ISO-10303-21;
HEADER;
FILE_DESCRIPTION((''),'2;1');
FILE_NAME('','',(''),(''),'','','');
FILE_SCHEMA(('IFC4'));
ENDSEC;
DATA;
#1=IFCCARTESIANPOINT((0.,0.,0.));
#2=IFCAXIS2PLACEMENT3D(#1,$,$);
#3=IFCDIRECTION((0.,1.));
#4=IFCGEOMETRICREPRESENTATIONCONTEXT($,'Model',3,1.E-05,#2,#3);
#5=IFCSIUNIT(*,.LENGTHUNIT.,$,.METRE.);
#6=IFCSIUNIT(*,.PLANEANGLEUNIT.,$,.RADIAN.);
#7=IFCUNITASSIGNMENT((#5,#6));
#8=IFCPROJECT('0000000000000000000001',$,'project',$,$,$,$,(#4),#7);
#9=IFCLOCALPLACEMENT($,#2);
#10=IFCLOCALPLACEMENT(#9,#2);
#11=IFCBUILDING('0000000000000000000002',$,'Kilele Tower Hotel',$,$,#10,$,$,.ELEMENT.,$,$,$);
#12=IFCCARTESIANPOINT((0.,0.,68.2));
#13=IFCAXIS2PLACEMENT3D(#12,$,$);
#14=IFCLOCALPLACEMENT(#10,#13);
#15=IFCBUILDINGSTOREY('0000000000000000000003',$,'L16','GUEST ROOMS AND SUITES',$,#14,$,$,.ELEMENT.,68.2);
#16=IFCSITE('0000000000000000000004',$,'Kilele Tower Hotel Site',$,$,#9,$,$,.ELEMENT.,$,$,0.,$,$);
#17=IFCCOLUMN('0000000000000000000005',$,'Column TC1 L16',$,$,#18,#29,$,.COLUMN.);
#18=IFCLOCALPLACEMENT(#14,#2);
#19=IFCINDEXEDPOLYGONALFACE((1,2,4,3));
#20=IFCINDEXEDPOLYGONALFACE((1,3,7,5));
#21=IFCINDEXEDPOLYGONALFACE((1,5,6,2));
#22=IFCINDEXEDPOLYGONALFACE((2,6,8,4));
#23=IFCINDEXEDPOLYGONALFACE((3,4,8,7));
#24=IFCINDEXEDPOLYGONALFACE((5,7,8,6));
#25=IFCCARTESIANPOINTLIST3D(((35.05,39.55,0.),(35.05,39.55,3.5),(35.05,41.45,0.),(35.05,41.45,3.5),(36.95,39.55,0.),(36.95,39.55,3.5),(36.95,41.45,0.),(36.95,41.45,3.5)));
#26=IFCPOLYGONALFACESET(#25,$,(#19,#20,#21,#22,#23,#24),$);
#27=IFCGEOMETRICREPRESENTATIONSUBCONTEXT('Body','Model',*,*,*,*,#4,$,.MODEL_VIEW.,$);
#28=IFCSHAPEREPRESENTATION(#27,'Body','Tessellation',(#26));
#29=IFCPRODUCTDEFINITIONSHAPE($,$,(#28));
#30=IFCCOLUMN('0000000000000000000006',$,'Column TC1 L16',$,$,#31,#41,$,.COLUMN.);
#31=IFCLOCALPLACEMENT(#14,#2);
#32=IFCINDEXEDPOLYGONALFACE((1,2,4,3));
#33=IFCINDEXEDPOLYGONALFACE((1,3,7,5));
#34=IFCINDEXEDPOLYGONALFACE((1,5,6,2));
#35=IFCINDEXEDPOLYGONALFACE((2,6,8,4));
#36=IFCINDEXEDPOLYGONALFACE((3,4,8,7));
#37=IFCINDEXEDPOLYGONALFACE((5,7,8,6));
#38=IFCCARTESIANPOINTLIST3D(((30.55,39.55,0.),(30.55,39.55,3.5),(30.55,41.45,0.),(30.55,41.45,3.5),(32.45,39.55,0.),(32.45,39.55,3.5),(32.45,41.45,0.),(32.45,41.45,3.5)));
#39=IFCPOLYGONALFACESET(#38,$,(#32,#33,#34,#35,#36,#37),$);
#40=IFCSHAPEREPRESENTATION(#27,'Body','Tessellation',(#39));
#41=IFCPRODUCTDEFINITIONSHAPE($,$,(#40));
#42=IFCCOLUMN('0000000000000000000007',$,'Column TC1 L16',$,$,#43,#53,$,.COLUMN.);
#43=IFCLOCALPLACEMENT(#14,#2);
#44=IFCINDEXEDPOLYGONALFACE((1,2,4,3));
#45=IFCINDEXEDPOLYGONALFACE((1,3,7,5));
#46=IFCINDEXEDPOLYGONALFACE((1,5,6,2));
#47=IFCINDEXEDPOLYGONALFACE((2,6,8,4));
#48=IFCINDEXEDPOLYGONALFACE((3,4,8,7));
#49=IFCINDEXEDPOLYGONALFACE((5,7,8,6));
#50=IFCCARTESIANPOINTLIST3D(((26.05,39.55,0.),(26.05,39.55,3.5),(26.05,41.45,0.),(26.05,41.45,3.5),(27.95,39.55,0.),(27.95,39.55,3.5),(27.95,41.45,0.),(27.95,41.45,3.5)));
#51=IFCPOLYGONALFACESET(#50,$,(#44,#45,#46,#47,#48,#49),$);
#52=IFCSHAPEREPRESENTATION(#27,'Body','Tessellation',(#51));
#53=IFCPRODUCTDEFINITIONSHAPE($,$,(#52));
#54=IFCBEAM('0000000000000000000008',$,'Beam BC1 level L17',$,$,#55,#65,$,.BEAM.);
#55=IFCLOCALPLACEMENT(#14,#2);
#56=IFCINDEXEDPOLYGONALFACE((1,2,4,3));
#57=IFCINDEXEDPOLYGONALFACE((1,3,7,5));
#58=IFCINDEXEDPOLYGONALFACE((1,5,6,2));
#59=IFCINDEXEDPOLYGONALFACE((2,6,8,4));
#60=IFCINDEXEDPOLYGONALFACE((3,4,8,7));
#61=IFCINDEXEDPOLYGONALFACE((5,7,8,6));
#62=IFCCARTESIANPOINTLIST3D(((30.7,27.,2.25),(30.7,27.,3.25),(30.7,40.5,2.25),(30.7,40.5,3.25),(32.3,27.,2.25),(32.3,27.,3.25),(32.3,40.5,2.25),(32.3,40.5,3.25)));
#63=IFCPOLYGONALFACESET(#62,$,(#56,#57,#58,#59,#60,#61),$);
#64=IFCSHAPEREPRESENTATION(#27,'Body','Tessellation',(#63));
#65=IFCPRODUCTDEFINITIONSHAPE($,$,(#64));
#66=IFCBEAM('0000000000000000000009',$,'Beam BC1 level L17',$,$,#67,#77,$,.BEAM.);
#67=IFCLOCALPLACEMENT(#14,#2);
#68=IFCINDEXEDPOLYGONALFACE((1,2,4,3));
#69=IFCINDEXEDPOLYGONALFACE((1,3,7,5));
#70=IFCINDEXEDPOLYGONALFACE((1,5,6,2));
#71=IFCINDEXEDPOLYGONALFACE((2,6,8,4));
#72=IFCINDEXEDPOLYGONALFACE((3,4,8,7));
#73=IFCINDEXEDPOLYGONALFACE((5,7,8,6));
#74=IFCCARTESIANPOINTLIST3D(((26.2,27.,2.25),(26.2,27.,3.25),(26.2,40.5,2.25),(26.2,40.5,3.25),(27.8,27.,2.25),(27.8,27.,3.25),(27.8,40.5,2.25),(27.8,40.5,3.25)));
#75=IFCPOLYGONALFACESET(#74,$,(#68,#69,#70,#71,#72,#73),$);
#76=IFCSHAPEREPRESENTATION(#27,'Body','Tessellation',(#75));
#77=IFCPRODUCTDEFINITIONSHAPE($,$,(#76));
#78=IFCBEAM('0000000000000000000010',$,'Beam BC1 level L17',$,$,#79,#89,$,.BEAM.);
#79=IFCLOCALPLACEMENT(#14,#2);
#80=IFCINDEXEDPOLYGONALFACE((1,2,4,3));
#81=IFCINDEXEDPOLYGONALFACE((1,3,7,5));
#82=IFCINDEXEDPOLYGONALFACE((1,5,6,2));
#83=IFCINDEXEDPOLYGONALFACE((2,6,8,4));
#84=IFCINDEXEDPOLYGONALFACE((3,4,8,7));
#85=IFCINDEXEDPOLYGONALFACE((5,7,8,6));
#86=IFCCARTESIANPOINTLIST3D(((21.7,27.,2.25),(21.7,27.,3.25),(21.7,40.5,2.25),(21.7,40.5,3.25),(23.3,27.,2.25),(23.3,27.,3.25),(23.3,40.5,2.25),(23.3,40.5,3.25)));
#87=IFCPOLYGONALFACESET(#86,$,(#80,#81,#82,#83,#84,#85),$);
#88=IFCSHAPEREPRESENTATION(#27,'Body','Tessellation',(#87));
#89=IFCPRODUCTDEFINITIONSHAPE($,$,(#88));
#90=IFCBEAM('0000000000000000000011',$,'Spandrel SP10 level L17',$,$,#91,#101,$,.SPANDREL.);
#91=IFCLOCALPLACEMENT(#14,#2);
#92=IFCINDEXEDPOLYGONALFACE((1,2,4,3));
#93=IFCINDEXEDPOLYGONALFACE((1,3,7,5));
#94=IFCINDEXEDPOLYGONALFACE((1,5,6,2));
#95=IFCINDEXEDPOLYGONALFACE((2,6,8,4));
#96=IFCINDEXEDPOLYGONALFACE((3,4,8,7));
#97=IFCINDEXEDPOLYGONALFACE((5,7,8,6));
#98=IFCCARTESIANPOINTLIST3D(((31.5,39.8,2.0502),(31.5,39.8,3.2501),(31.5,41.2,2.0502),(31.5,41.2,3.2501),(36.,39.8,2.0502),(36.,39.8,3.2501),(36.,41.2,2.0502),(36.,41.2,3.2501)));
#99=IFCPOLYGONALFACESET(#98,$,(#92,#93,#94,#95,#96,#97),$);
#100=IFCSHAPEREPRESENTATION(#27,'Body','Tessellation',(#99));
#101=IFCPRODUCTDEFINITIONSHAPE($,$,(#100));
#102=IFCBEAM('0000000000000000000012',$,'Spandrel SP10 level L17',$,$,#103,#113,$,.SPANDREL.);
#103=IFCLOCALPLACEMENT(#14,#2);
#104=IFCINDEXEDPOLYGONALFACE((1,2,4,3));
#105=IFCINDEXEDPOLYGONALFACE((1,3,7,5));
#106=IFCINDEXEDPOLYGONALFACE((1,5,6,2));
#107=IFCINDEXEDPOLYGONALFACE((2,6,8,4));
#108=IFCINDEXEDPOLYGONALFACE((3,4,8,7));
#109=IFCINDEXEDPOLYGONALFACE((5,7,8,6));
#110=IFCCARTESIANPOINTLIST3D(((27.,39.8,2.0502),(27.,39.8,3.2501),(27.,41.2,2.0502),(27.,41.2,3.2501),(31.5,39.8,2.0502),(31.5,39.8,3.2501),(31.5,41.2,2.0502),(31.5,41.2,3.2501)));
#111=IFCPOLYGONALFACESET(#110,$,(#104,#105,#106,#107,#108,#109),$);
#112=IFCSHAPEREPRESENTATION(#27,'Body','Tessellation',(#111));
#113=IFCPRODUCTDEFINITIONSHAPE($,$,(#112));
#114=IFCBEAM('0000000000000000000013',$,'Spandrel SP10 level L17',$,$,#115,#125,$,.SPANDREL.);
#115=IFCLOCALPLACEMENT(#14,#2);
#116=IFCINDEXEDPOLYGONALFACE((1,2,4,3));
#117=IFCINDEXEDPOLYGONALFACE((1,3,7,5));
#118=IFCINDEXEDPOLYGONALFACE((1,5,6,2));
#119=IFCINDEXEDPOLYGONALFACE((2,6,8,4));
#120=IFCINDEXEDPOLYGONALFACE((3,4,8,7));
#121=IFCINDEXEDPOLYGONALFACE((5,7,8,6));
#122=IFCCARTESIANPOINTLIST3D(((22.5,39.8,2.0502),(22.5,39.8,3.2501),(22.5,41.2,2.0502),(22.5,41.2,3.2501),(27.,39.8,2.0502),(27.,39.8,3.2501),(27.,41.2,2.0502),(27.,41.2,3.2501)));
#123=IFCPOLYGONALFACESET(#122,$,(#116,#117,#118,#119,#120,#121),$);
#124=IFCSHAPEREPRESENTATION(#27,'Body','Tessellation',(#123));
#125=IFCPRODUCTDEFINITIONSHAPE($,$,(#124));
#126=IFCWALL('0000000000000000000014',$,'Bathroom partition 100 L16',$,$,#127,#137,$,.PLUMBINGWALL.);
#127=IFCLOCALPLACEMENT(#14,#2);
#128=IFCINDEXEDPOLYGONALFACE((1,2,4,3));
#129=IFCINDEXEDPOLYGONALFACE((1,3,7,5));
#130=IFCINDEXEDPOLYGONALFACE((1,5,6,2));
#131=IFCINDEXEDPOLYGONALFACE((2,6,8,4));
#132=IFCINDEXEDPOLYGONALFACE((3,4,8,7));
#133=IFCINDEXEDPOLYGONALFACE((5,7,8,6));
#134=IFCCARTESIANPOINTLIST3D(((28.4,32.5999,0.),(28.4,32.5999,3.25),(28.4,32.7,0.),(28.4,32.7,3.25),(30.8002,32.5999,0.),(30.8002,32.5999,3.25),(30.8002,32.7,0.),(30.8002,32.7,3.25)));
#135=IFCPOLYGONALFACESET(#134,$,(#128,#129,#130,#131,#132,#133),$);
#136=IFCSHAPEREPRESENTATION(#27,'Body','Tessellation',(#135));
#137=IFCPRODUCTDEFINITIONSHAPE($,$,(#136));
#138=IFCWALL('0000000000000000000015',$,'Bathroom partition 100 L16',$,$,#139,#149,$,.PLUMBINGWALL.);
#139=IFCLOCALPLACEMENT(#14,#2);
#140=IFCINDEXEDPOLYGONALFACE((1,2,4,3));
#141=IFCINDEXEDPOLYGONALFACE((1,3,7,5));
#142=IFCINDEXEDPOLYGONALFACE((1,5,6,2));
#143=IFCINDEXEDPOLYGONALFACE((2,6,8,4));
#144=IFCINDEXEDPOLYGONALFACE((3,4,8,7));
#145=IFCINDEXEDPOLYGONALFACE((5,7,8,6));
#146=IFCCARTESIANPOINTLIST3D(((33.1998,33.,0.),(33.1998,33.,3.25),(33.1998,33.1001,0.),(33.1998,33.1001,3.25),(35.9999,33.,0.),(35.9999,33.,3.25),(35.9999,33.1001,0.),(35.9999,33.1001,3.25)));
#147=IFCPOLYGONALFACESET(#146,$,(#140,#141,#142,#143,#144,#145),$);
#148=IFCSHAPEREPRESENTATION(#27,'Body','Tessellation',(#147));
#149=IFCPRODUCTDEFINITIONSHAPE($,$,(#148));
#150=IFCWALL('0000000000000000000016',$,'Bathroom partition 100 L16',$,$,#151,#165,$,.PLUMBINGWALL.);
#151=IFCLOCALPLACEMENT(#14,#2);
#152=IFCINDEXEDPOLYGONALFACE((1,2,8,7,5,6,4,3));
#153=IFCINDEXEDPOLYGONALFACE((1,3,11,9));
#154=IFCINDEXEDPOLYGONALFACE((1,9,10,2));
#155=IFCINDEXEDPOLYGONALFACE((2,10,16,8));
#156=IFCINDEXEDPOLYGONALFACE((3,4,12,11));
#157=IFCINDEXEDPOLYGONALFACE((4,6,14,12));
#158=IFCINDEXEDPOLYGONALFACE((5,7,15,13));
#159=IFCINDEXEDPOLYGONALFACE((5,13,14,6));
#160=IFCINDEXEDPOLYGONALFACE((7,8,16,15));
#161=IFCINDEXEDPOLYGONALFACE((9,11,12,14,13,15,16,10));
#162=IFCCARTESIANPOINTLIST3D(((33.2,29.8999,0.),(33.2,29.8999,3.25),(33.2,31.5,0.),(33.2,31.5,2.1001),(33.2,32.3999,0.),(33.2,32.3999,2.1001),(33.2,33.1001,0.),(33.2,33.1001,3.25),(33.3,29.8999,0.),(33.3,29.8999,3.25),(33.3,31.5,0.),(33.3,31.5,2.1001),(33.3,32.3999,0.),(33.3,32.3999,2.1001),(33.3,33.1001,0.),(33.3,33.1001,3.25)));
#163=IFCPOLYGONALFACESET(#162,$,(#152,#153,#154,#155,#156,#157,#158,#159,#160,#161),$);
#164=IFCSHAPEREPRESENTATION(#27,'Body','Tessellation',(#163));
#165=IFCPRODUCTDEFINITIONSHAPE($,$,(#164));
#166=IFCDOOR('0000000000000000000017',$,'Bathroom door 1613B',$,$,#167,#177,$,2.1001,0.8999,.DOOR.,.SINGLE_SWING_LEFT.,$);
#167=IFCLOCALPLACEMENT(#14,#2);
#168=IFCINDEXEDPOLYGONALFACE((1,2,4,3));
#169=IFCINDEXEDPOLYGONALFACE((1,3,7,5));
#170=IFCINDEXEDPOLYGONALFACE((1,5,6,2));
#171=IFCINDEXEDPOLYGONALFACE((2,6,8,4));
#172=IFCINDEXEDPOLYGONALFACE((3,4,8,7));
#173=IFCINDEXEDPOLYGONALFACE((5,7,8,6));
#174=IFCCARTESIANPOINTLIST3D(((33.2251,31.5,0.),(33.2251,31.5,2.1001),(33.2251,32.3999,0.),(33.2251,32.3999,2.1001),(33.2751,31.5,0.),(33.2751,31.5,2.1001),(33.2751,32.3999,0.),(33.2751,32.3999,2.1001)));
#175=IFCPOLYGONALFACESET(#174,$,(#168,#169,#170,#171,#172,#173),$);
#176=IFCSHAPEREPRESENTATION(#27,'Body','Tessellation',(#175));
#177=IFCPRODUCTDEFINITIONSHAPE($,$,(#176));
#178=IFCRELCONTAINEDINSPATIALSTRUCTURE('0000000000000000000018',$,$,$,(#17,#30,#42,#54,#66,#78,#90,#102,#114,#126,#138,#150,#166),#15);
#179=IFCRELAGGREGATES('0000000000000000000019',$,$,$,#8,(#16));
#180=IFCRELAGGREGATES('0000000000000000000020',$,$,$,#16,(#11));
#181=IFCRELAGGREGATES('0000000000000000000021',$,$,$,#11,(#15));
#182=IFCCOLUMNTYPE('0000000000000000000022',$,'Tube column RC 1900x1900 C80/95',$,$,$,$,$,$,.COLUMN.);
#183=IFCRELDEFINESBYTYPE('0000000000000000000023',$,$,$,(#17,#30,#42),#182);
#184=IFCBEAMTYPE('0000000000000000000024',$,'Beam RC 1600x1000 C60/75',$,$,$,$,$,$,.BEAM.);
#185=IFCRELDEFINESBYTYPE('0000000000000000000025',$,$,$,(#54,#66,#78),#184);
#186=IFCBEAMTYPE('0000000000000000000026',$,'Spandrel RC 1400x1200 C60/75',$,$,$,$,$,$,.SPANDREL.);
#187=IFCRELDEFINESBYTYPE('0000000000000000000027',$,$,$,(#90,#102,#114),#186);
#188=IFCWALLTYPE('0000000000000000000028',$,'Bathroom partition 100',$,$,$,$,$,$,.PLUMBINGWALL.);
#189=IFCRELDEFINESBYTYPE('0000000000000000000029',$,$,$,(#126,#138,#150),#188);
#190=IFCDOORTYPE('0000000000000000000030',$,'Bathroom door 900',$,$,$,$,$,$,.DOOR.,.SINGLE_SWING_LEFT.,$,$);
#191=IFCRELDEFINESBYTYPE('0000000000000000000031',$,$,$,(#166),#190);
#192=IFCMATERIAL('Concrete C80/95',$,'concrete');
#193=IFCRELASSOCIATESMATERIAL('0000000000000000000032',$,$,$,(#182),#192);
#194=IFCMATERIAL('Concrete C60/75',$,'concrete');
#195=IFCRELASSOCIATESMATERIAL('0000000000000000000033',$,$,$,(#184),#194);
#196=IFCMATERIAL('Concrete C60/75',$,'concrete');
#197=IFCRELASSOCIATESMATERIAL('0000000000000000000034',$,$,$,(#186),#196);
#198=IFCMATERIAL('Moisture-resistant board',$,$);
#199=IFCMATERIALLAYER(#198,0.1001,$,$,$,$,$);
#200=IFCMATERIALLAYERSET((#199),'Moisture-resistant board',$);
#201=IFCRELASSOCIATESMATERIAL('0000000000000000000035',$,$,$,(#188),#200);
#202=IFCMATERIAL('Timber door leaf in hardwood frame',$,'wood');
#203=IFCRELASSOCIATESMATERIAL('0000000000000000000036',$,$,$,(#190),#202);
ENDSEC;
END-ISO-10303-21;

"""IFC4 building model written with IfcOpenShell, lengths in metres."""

from ifc_helpers import new_model, si_unit, direction, frame, frame_2d, origin, origin_2d, place, context, subcontext, project, spatial, rectangle, extrude, material, layer, layer_set, material_profile, profile_set, type_object, element, fill, save


model = new_model("IFC4")

# Units and contexts
model_context = context("Model", 3, precision=1e-05, world=origin(), true_north=direction((0.0, 1.0)))
body_context = subcontext(model_context, "Body", "Model", "MODEL_VIEW")
ifc_project = project(units=[si_unit("LENGTHUNIT", "METRE"), si_unit("PLANEANGLEUNIT", "RADIAN")], contexts=[model_context])

# Site, building, storey
site_placement = place(None, origin())
site = spatial("IfcSite", under=ifc_project, at=site_placement, Name="Kilele Tower Hotel Site", CompositionType="ELEMENT", RefElevation=0.0)
building_placement = place(site_placement, origin())
building = spatial("IfcBuilding", under=site, at=building_placement, Name="Kilele Tower Hotel", CompositionType="ELEMENT")
storey_placement = place(building_placement, frame((0.0, 0.0, 68.2)))
storey = spatial("IfcBuildingStorey", under=building, at=storey_placement, Name="L16", Description="GUEST ROOMS AND SUITES", CompositionType="ELEMENT", Elevation=68.2)

# Columns
ifc_material_1 = material(Name="Concrete C80/95", Category="concrete")
ifc_material_profile_1 = material_profile(ifc_material_1, rectangle(XDim=1.8999, YDim=1.8999, at=origin_2d()))
ifc_profile_set_1 = profile_set([ifc_material_profile_1], Name="Concrete C80/95")
column_type = type_object("IfcColumnType", Name="Tube column RC 1900x1900 C80/95", PredefinedType="COLUMN", material=ifc_profile_set_1)
for number, where, z_axis, x_axis, name in (
    (1, (36.0, 40.5, 0.0), (0.0, 0.0, 1.0), (1.0, 0.0, 0.0), "Column TC1 L16"),
    (2, (31.5, 40.5, 0.0), (0.0, 0.0, 1.0), (1.0, 0.0, 0.0), "Column TC1 L16"),
    (3, (27.0, 40.5, 0.0), (0.0, 0.0, 1.0), (1.0, 0.0, 0.0), "Column TC1 L16"),
):
    element("IfcColumn", number, at=place(storey_placement, frame(where, z_axis=z_axis, x_axis=x_axis)), inside=storey, type_object=column_type, Name=name, PredefinedType="COLUMN", context=body_context, shape_type="SweptSolid", body=[
        extrude(rectangle(XDim=1.8999, YDim=1.8999, at=origin_2d()), origin(), (0.0, 0.0, 1.0), 3.5),
    ])

# Beams
ifc_material_2 = material(Name="Concrete C60/75", Category="concrete")
ifc_material_profile_2 = material_profile(ifc_material_2, rectangle(XDim=1.6001, YDim=1.0, at=origin_2d()))
ifc_profile_set_2 = profile_set([ifc_material_profile_2], Name="Concrete C60/75")
beam_type_1 = type_object("IfcBeamType", Name="Beam RC 1600x1000 C60/75", PredefinedType="BEAM", material=ifc_profile_set_2)
for number, where, z_axis, x_axis, name in (
    (4, (31.5, 40.5, 2.75), (0.0, -1.0, 0.0), (1.0, 0.0, 0.0), "Beam BC1 level L17"),
    (5, (27.0, 40.5, 2.75), (0.0, -1.0, 0.0), (1.0, 0.0, 0.0), "Beam BC1 level L17"),
    (6, (22.5, 40.5, 2.75), (0.0, -1.0, 0.0), (1.0, 0.0, 0.0), "Beam BC1 level L17"),
):
    element("IfcBeam", number, at=place(storey_placement, frame(where, z_axis=z_axis, x_axis=x_axis)), inside=storey, type_object=beam_type_1, Name=name, PredefinedType="BEAM", context=body_context, shape_type="SweptSolid", body=[
        extrude(rectangle(XDim=1.6001, YDim=1.0, at=origin_2d()), origin(), (0.0, 0.0, 1.0), 13.5),
    ])
ifc_material_3 = material(Name="Concrete C60/75", Category="concrete")
ifc_material_profile_3 = material_profile(ifc_material_3, rectangle(XDim=1.3999, YDim=1.2, at=origin_2d()))
ifc_profile_set_3 = profile_set([ifc_material_profile_3], Name="Concrete C60/75")
beam_type_2 = type_object("IfcBeamType", Name="Spandrel RC 1400x1200 C60/75", PredefinedType="SPANDREL", material=ifc_profile_set_3)
for number, where, z_axis, x_axis, name in (
    (7, (36.0, 40.5, 2.6501), (-1.0, 0.0, 0.0), (0.0, -1.0, 0.0), "Spandrel SP10 level L17"),
    (8, (31.5, 40.5, 2.6501), (-1.0, 0.0, 0.0), (0.0, -1.0, 0.0), "Spandrel SP10 level L17"),
    (9, (27.0, 40.5, 2.6501), (-1.0, 0.0, 0.0), (0.0, -1.0, 0.0), "Spandrel SP10 level L17"),
):
    element("IfcBeam", number, at=place(storey_placement, frame(where, z_axis=z_axis, x_axis=x_axis)), inside=storey, type_object=beam_type_2, Name=name, PredefinedType="SPANDREL", context=body_context, shape_type="SweptSolid", body=[
        extrude(rectangle(XDim=1.3999, YDim=1.2, at=origin_2d()), origin(), (0.0, 0.0, 1.0), 4.5),
    ])

# Walls
ifc_material_4 = material(Name="Moisture-resistant board")
ifc_layer_1 = layer(ifc_material_4, 0.1001)
ifc_layer_set_1 = layer_set([ifc_layer_1], Name="Moisture-resistant board")
wall_type_1 = type_object("IfcWallType", Name="Bathroom partition 100", PredefinedType="PLUMBINGWALL", material=ifc_layer_set_1)
wall_1_placement = place(storey_placement, frame((28.3999, 32.6499, 0.0), z_axis=(0.0, 0.0, 1.0), x_axis=(1.0, 0.0, 0.0)))
element("IfcWall", 10, at=wall_1_placement, inside=storey, type_object=wall_type_1, Name="Bathroom partition 100 L16", PredefinedType="PLUMBINGWALL", context=body_context, shape_type="SweptSolid", body=[
    extrude(rectangle(XDim=2.4001, YDim=0.1001, at=frame_2d((1.2002, 0.0))), origin(), (0.0, 0.0, 1.0), 3.25),
])
wall_2_placement = place(storey_placement, frame((33.2, 33.05, 0.0), z_axis=(0.0, 0.0, 1.0), x_axis=(1.0, 0.0, 0.0)))
element("IfcWall", 11, at=wall_2_placement, inside=storey, type_object=wall_type_1, Name="Bathroom partition 100 L16", PredefinedType="PLUMBINGWALL", context=body_context, shape_type="SweptSolid", body=[
    extrude(rectangle(XDim=2.8, YDim=0.1001, at=frame_2d((1.3999, 0.0))), origin(), (0.0, 0.0, 1.0), 3.25),
])

# Wall, opening, door
wall_3_placement = place(storey_placement, frame((33.25, 29.8999, 0.0), z_axis=(0.0, 0.0, 1.0), x_axis=(0.0, 1.0, 0.0)))
wall_3 = element("IfcWall", 12, at=wall_3_placement, inside=storey, type_object=wall_type_1, Name="Bathroom partition 100 L16", PredefinedType="PLUMBINGWALL", context=body_context, shape_type="SweptSolid", body=[
    extrude(rectangle(XDim=3.2002, YDim=0.1001, at=frame_2d((1.6001, 0.0))), origin(), (0.0, 0.0, 1.0), 3.25),
])
opening_1_placement = place(wall_3_placement, frame((1.6001, 0.0, 0.0)))
opening_1 = element("IfcOpeningElement", 13, at=opening_1_placement, cuts=wall_3, PredefinedType="OPENING", context=body_context, shape_type="SweptSolid", body=[
    extrude(rectangle(XDim=0.8999, YDim=2.1001, at=frame_2d((0.45, 1.05))), frame((0.0, 0.0601, 0.0), z_axis=(0.0, -1.0, 0.0), x_axis=(1.0, 0.0, 0.0)), (0.0, 0.0, 1.0), 0.1201),
])
ifc_material_5 = material(Name="Timber door leaf in hardwood frame", Category="wood")
door_type_1 = type_object("IfcDoorType", Name="Bathroom door 900", OperationType="SINGLE_SWING_LEFT", PredefinedType="DOOR", material=ifc_material_5)
door_1_placement = place(opening_1_placement, origin())
door_1 = element("IfcDoor", 14, at=door_1_placement, inside=storey, type_object=door_type_1, Name="Bathroom door 1613B", OperationType="SINGLE_SWING_LEFT", OverallHeight=2.1001, OverallWidth=0.8999, PredefinedType="DOOR", context=body_context, shape_type="SweptSolid", body=[
    extrude(rectangle(XDim=0.8999, YDim=2.1001, at=frame_2d((0.45, 1.05))), frame((0.0, 0.0249, 0.0), z_axis=(0.0, -1.0, 0.0), x_axis=(1.0, 0.0, 0.0)), (0.0, 0.0, 1.0), 0.05),
])
fill(opening_1, door_1)

save(model, "model.ifc")
